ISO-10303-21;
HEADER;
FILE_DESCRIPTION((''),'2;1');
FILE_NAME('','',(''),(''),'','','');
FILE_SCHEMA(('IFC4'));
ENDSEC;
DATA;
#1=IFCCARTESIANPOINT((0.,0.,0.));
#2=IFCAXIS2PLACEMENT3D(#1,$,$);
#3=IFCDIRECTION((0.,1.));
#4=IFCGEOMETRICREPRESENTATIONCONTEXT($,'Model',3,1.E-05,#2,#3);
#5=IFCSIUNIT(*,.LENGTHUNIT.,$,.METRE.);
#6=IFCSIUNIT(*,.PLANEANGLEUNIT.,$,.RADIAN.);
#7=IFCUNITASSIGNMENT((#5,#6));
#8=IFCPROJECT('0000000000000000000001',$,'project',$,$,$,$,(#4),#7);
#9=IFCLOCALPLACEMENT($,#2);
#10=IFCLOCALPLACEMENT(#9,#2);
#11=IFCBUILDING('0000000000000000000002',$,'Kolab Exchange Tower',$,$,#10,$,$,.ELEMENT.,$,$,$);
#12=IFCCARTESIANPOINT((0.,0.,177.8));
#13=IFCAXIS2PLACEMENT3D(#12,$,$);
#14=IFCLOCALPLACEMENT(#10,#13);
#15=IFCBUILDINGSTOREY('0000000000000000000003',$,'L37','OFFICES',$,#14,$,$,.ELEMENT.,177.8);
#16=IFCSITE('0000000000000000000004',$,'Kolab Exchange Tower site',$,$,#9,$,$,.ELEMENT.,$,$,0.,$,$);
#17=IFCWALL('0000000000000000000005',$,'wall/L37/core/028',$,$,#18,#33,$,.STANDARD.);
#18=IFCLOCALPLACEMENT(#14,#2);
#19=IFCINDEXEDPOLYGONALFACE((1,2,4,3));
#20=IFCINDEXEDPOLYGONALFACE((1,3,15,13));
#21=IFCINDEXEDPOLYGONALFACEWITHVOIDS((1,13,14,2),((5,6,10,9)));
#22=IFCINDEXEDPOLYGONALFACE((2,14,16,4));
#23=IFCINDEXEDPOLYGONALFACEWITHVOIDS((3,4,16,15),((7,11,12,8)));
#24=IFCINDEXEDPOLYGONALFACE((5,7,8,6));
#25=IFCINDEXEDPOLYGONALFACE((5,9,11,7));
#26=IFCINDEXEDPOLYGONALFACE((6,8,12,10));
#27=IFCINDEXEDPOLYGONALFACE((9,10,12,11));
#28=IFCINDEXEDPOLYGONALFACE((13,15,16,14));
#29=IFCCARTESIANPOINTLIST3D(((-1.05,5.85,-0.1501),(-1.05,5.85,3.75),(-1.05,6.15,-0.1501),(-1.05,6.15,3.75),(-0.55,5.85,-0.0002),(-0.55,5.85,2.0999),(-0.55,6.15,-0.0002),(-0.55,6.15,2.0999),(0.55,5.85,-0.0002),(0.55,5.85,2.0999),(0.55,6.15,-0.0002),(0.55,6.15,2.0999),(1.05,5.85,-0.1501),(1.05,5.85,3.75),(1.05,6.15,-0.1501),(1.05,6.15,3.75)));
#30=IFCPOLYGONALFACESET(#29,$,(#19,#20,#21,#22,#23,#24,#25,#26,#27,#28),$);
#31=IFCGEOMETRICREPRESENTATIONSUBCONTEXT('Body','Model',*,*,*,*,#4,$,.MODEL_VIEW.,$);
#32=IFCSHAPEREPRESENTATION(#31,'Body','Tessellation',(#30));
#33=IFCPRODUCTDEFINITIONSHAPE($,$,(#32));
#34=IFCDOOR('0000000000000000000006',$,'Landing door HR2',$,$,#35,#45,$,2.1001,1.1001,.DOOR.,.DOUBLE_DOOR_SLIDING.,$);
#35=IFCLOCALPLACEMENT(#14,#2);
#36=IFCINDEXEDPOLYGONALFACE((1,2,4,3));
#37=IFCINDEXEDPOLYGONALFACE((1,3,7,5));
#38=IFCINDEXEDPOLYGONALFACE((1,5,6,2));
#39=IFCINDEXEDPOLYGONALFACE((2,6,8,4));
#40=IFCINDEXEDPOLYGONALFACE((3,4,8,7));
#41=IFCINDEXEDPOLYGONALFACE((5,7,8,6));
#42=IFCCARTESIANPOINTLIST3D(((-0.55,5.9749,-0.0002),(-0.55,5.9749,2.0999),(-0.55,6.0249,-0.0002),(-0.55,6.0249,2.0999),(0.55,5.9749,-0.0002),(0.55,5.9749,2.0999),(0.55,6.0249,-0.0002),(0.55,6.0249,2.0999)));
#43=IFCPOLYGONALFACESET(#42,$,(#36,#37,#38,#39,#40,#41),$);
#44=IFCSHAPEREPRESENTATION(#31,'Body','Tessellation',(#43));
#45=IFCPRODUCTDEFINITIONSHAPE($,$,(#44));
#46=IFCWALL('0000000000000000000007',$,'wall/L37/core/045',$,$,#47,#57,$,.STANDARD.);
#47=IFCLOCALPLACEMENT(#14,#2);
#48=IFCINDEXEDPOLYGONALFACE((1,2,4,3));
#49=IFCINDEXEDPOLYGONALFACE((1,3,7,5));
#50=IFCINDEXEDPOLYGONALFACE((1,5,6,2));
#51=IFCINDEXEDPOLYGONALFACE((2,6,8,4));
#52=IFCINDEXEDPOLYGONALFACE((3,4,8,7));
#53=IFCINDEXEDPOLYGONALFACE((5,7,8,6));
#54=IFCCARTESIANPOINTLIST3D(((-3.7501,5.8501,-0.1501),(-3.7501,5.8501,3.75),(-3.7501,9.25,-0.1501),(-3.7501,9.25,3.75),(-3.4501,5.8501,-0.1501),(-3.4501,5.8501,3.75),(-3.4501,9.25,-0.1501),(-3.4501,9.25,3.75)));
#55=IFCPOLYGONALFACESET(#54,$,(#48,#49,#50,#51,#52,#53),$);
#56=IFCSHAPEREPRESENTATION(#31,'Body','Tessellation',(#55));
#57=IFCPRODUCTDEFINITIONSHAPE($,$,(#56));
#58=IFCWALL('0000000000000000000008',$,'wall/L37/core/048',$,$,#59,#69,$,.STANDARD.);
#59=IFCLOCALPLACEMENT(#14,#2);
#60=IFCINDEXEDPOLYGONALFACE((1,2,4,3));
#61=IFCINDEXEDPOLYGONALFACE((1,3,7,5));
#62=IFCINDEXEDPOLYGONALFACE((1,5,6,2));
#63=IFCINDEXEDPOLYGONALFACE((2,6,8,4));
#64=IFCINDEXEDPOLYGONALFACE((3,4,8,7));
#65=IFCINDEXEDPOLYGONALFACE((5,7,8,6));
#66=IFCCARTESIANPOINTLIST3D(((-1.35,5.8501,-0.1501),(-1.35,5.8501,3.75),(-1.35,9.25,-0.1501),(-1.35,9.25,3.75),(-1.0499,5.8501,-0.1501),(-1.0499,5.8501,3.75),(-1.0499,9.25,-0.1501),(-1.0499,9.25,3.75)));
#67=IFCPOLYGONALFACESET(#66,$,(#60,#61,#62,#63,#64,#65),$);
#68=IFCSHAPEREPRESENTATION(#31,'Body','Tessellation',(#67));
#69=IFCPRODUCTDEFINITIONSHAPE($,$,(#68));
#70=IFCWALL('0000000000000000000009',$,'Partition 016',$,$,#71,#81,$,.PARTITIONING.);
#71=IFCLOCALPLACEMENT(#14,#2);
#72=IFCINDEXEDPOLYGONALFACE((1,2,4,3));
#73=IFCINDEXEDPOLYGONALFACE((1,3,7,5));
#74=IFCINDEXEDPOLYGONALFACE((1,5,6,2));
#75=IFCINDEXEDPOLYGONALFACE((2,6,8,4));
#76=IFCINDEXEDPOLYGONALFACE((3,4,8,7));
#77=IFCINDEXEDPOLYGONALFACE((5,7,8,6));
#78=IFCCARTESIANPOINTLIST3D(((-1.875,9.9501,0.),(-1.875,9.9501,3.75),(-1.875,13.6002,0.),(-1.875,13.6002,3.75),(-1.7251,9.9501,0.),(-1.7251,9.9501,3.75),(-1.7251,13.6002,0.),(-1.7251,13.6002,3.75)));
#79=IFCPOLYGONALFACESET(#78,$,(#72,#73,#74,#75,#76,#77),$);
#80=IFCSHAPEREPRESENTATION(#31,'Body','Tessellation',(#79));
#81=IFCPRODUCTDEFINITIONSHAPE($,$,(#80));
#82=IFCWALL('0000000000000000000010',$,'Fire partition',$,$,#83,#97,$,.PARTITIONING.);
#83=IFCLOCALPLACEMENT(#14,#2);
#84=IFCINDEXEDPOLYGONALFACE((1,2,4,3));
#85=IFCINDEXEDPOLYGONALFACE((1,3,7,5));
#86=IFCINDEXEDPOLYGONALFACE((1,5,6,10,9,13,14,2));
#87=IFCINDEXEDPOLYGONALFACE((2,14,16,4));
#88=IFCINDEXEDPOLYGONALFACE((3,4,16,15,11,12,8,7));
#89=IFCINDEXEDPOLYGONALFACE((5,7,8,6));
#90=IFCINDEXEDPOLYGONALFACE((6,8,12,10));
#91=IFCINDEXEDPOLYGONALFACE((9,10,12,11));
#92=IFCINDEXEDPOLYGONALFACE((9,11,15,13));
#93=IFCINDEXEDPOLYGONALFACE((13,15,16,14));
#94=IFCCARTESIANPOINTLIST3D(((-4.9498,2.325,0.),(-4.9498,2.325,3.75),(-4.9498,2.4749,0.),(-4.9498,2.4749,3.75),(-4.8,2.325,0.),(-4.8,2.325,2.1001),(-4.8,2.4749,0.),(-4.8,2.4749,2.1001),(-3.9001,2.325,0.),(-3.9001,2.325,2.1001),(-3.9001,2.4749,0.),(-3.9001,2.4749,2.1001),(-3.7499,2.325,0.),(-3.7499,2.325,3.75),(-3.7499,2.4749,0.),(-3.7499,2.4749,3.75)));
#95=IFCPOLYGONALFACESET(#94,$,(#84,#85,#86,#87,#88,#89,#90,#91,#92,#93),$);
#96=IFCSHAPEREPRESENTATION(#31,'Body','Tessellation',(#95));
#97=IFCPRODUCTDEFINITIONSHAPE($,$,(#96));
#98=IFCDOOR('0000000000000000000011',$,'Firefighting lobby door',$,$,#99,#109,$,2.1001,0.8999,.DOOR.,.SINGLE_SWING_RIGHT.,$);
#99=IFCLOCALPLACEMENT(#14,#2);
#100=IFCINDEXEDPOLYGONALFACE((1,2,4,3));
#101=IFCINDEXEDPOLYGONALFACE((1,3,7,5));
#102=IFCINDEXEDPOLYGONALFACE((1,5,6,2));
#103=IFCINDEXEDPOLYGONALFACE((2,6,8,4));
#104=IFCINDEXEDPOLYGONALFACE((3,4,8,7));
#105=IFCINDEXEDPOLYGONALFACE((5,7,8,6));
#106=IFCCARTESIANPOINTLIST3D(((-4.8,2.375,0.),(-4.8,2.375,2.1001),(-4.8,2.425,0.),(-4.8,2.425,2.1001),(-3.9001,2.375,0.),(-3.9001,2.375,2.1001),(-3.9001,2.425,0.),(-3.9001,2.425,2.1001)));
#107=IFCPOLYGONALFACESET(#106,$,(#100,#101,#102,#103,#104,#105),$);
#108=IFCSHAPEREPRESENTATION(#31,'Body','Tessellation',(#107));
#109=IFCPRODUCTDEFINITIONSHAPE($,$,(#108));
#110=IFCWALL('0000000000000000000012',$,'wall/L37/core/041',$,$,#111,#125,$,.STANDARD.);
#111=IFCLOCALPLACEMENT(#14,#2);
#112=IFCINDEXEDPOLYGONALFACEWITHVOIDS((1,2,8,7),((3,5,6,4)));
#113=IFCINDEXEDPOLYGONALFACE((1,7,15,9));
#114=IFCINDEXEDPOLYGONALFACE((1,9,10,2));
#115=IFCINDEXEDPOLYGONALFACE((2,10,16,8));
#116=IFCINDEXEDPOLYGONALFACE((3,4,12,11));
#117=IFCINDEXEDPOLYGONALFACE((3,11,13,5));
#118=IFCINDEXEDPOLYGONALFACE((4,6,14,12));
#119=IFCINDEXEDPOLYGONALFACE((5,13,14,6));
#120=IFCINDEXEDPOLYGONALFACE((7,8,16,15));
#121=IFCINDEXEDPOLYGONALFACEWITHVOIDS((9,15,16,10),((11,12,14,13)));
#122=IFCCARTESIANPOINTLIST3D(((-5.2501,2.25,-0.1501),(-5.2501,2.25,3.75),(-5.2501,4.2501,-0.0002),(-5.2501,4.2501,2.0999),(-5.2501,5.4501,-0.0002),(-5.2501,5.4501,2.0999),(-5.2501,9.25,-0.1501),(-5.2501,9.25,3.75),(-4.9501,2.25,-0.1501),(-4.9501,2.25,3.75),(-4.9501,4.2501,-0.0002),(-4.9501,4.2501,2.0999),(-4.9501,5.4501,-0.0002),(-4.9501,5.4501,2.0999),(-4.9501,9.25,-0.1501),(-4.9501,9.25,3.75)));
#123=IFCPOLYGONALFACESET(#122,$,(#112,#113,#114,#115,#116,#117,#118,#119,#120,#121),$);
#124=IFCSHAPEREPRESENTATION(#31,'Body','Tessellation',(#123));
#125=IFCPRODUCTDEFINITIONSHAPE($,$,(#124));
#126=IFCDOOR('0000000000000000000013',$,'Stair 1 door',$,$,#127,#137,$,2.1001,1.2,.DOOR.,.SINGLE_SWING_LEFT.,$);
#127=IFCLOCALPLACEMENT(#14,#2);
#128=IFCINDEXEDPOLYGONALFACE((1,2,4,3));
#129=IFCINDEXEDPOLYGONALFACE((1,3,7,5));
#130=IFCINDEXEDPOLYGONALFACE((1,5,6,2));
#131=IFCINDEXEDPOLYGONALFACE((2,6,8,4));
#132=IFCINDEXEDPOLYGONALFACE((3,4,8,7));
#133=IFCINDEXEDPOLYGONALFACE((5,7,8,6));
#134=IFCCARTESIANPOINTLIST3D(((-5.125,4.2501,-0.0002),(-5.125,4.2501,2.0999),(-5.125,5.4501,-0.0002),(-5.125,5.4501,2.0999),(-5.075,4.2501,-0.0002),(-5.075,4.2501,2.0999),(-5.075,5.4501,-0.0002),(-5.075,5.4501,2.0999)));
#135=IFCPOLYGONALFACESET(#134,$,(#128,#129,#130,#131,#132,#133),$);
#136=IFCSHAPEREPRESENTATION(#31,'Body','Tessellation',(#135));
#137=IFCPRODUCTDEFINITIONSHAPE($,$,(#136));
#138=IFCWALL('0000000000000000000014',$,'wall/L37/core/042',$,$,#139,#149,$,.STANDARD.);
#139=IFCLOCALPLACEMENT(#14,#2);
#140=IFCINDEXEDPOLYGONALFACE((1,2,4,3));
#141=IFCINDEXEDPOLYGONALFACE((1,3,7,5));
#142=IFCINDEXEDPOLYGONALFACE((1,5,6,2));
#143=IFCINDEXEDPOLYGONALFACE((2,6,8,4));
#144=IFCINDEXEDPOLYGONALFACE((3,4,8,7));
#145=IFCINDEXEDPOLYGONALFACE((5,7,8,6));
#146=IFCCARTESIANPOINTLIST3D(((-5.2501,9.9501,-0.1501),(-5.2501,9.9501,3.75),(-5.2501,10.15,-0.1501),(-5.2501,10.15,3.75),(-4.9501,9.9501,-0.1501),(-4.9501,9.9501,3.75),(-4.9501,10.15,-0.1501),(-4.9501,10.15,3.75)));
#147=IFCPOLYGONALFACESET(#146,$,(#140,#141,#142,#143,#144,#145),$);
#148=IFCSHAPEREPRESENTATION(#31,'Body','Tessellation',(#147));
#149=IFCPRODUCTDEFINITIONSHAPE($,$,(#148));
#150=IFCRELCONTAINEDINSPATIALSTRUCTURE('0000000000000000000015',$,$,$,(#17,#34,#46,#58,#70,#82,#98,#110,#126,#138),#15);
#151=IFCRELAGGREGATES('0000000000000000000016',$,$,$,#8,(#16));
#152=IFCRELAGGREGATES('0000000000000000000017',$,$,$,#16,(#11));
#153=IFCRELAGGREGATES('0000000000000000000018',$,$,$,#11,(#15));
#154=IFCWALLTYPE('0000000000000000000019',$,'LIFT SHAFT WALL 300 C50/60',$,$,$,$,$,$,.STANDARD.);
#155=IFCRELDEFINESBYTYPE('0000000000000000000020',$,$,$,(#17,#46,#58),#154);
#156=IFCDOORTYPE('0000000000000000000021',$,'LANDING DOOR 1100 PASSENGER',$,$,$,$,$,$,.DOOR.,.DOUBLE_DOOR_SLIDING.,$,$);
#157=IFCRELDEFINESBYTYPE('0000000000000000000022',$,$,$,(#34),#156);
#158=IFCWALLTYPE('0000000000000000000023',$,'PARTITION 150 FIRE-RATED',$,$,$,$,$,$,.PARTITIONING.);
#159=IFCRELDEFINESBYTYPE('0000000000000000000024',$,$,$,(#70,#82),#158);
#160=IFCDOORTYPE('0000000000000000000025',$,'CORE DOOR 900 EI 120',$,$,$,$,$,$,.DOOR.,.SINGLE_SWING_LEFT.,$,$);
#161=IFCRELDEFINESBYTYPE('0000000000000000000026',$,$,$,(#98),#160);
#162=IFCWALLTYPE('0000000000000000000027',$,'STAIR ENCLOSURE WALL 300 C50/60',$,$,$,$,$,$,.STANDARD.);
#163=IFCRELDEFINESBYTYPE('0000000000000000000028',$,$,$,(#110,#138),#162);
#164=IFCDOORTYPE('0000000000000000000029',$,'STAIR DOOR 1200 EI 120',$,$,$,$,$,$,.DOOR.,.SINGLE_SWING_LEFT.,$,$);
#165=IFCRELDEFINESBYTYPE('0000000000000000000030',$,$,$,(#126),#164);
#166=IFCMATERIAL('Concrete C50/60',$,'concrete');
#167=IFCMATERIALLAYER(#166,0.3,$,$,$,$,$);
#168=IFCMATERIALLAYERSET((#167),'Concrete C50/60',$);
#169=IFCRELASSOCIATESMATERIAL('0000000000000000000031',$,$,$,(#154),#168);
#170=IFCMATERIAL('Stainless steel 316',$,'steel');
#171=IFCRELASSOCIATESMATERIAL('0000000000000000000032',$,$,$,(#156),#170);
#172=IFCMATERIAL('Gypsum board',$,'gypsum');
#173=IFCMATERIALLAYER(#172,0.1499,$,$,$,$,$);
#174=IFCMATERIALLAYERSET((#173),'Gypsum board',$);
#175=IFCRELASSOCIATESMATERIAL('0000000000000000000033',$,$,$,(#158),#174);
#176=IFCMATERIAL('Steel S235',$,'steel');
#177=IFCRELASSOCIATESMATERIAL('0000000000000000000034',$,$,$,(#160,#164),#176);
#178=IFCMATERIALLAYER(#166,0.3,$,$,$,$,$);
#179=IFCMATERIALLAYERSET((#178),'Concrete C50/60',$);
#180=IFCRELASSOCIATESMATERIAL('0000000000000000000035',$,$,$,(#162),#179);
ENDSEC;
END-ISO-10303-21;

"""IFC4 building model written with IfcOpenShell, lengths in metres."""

from ifc_helpers import new_model, si_unit, direction, frame, frame_2d, origin, place, context, subcontext, project, spatial, rectangle, extrude, material, layer, layer_set, type_object, element, fill, save


model = new_model("IFC4")

# Units and contexts
model_context = context("Model", 3, precision=1e-05, world=origin(), true_north=direction((0.0, 1.0)))
body_context = subcontext(model_context, "Body", "Model", "MODEL_VIEW")
ifc_project = project(units=[si_unit("LENGTHUNIT", "METRE"), si_unit("PLANEANGLEUNIT", "RADIAN")], contexts=[model_context])

# Site, building, storey
site_placement = place(None, origin())
site = spatial("IfcSite", under=ifc_project, at=site_placement, Name="Kolab Exchange Tower site", CompositionType="ELEMENT", RefElevation=0.0)
building_placement = place(site_placement, origin())
building = spatial("IfcBuilding", under=site, at=building_placement, Name="Kolab Exchange Tower", CompositionType="ELEMENT")
storey_placement = place(building_placement, frame((0.0, 0.0, 177.8)))
storey = spatial("IfcBuildingStorey", under=building, at=storey_placement, Name="L37", Description="OFFICES", CompositionType="ELEMENT", Elevation=177.8)

# Shared definitions
ifc_material_1 = material(Name="Concrete C50/60", Category="concrete")
ifc_layer_1 = layer(ifc_material_1, 0.3)
ifc_layer_set_1 = layer_set([ifc_layer_1], Name="Concrete C50/60")
wall_type_1 = type_object("IfcWallType", Name="LIFT SHAFT WALL 300 C50/60", PredefinedType="STANDARD", material=ifc_layer_set_1)

# Wall, opening, door
ifc_material_2 = material(Name="Stainless steel 316", Category="steel")
door_type_1 = type_object("IfcDoorType", Name="LANDING DOOR 1100 PASSENGER", OperationType="DOUBLE_DOOR_SLIDING", PredefinedType="DOOR", material=ifc_material_2)
wall_1_placement = place(storey_placement, frame((-1.05, 6.0, -0.1501), z_axis=(0.0, 0.0, 1.0), x_axis=(1.0, 0.0, 0.0)))
wall_1 = element("IfcWall", 1, at=wall_1_placement, inside=storey, type_object=wall_type_1, Name="wall/L37/core/028", PredefinedType="STANDARD", context=body_context, shape_type="SweptSolid", body=[
    extrude(rectangle(XDim=2.1001, YDim=0.3, at=frame_2d((1.05, 0.0))), origin(), (0.0, 0.0, 1.0), 3.9001),
])
opening_1_placement = place(wall_1_placement, frame((0.5, 0.0, 0.1499)))
opening_1 = element("IfcOpeningElement", 2, at=opening_1_placement, cuts=wall_1, PredefinedType="OPENING", context=body_context, shape_type="SweptSolid", body=[
    extrude(rectangle(XDim=1.1001, YDim=2.1001, at=frame_2d((0.55, 1.05))), frame((0.0, 0.1602, 0.0), z_axis=(0.0, -1.0, 0.0), x_axis=(1.0, 0.0, 0.0)), (0.0, 0.0, 1.0), 0.3201),
])
door_1_placement = place(opening_1_placement, origin())
door_1 = element("IfcDoor", 3, at=door_1_placement, inside=storey, type_object=door_type_1, Name="Landing door HR2", OperationType="DOUBLE_DOOR_SLIDING", OverallHeight=2.1001, OverallWidth=1.1001, PredefinedType="DOOR", context=body_context, shape_type="SweptSolid", body=[
    extrude(rectangle(XDim=1.1001, YDim=2.1001, at=frame_2d((0.55, 1.05))), frame((0.0, 0.0249, 0.0), z_axis=(0.0, -1.0, 0.0), x_axis=(1.0, 0.0, 0.0)), (0.0, 0.0, 1.0), 0.05),
])
fill(opening_1, door_1)

# Walls
for number, where, z_axis, x_axis, name in (
    (4, (-3.6001, 5.8501, -0.1501), (0.0, 0.0, 1.0), (0.0, 1.0, 0.0), "wall/L37/core/045"),
    (5, (-1.2, 5.8501, -0.1501), (0.0, 0.0, 1.0), (0.0, 1.0, 0.0), "wall/L37/core/048"),
):
    element("IfcWall", number, at=place(storey_placement, frame(where, z_axis=z_axis, x_axis=x_axis)), inside=storey, type_object=wall_type_1, Name=name, PredefinedType="STANDARD", context=body_context, shape_type="SweptSolid", body=[
        extrude(rectangle(XDim=3.3999, YDim=0.3, at=frame_2d((1.7, 0.0))), origin(), (0.0, 0.0, 1.0), 3.9001),
    ])
ifc_material_3 = material(Name="Gypsum board", Category="gypsum")
ifc_layer_2 = layer(ifc_material_3, 0.1499)
ifc_layer_set_2 = layer_set([ifc_layer_2], Name="Gypsum board")
wall_type_2 = type_object("IfcWallType", Name="PARTITION 150 FIRE-RATED", PredefinedType="PARTITIONING", material=ifc_layer_set_2)
wall_2_placement = place(storey_placement, frame((-1.8, 9.95, 0.0), z_axis=(0.0, 0.0, 1.0), x_axis=(0.0, 1.0, 0.0)))
element("IfcWall", 6, at=wall_2_placement, inside=storey, type_object=wall_type_2, Name="Partition 016", PredefinedType="PARTITIONING", context=body_context, shape_type="SweptSolid", body=[
    extrude(rectangle(XDim=3.6501, YDim=0.1499, at=frame_2d((1.8252, 0.0))), origin(), (0.0, 0.0, 1.0), 3.75),
])

# Walls, openings, doors
wall_3_placement = place(storey_placement, frame((-4.95, 2.3999, 0.0), z_axis=(0.0, 0.0, 1.0), x_axis=(1.0, 0.0, 0.0)))
wall_3 = element("IfcWall", 7, at=wall_3_placement, inside=storey, type_object=wall_type_2, Name="Fire partition", PredefinedType="PARTITIONING", context=body_context, shape_type="SweptSolid", body=[
    extrude(rectangle(XDim=1.2, YDim=0.1499, at=frame_2d((0.6001, 0.0))), origin(), (0.0, 0.0, 1.0), 3.75),
])
opening_2_placement = place(wall_3_placement, frame((0.1499, 0.0, 0.0)))
opening_2 = element("IfcOpeningElement", 8, at=opening_2_placement, cuts=wall_3, PredefinedType="OPENING", context=body_context, shape_type="SweptSolid", body=[
    extrude(rectangle(XDim=0.8999, YDim=2.1001, at=frame_2d((0.45, 1.05))), frame((0.0, 0.085, 0.0), z_axis=(0.0, -1.0, 0.0), x_axis=(1.0, 0.0, 0.0)), (0.0, 0.0, 1.0), 0.1699),
])
ifc_material_4 = material(Name="Steel S235", Category="steel")
door_type_2 = type_object("IfcDoorType", Name="CORE DOOR 900 EI 120", OperationType="SINGLE_SWING_LEFT", PredefinedType="DOOR", material=ifc_material_4)
door_2_placement = place(opening_2_placement, frame((0.8999, 0.0, 0.0), z_axis=(0.0, 0.0, 1.0), x_axis=(-1.0, 0.0, 0.0)))
door_2 = element("IfcDoor", 9, at=door_2_placement, inside=storey, type_object=door_type_2, Name="Firefighting lobby door", OperationType="SINGLE_SWING_RIGHT", OverallHeight=2.1001, OverallWidth=0.8999, PredefinedType="DOOR", context=body_context, shape_type="SweptSolid", body=[
    extrude(rectangle(XDim=0.8999, YDim=2.1001, at=frame_2d((0.45, 1.05))), frame((0.0, 0.0249, 0.0), z_axis=(0.0, -1.0, 0.0), x_axis=(1.0, 0.0, 0.0)), (0.0, 0.0, 1.0), 0.05),
])
fill(opening_2, door_2)
ifc_layer_3 = layer(ifc_material_1, 0.3)
ifc_layer_set_3 = layer_set([ifc_layer_3], Name="Concrete C50/60")
wall_type_3 = type_object("IfcWallType", Name="STAIR ENCLOSURE WALL 300 C50/60", PredefinedType="STANDARD", material=ifc_layer_set_3)
wall_4_placement = place(storey_placement, frame((-5.1001, 2.25, -0.1501), z_axis=(0.0, 0.0, 1.0), x_axis=(0.0, 1.0, 0.0)))
wall_4 = element("IfcWall", 10, at=wall_4_placement, inside=storey, type_object=wall_type_3, Name="wall/L37/core/041", PredefinedType="STANDARD", context=body_context, shape_type="SweptSolid", body=[
    extrude(rectangle(XDim=7.0, YDim=0.3, at=frame_2d((3.5, 0.0))), origin(), (0.0, 0.0, 1.0), 3.9001),
])
opening_3_placement = place(wall_4_placement, frame((2.0, 0.0, 0.1499)))
opening_3 = element("IfcOpeningElement", 11, at=opening_3_placement, cuts=wall_4, PredefinedType="OPENING", context=body_context, shape_type="SweptSolid", body=[
    extrude(rectangle(XDim=1.2, YDim=2.1001, at=frame_2d((0.6001, 1.05))), frame((0.0, 0.1602, 0.0), z_axis=(0.0, -1.0, 0.0), x_axis=(1.0, 0.0, 0.0)), (0.0, 0.0, 1.0), 0.3201),
])
door_type_3 = type_object("IfcDoorType", Name="STAIR DOOR 1200 EI 120", OperationType="SINGLE_SWING_LEFT", PredefinedType="DOOR", material=ifc_material_4)
door_3_placement = place(opening_3_placement, origin())
door_3 = element("IfcDoor", 12, at=door_3_placement, inside=storey, type_object=door_type_3, Name="Stair 1 door", OperationType="SINGLE_SWING_LEFT", OverallHeight=2.1001, OverallWidth=1.2, PredefinedType="DOOR", context=body_context, shape_type="SweptSolid", body=[
    extrude(rectangle(XDim=1.2, YDim=2.1001, at=frame_2d((0.6001, 1.05))), frame((0.0, 0.0249, 0.0), z_axis=(0.0, -1.0, 0.0), x_axis=(1.0, 0.0, 0.0)), (0.0, 0.0, 1.0), 0.05),
])
fill(opening_3, door_3)

# Wall
wall_5_placement = place(storey_placement, frame((-5.1001, 9.95, -0.1501), z_axis=(0.0, 0.0, 1.0), x_axis=(0.0, 1.0, 0.0)))
element("IfcWall", 13, at=wall_5_placement, inside=storey, type_object=wall_type_3, Name="wall/L37/core/042", PredefinedType="STANDARD", context=body_context, shape_type="SweptSolid", body=[
    extrude(rectangle(XDim=0.2, YDim=0.3, at=frame_2d((0.1001, 0.0))), origin(), (0.0, 0.0, 1.0), 3.9001),
])

save(model, "model.ifc")
